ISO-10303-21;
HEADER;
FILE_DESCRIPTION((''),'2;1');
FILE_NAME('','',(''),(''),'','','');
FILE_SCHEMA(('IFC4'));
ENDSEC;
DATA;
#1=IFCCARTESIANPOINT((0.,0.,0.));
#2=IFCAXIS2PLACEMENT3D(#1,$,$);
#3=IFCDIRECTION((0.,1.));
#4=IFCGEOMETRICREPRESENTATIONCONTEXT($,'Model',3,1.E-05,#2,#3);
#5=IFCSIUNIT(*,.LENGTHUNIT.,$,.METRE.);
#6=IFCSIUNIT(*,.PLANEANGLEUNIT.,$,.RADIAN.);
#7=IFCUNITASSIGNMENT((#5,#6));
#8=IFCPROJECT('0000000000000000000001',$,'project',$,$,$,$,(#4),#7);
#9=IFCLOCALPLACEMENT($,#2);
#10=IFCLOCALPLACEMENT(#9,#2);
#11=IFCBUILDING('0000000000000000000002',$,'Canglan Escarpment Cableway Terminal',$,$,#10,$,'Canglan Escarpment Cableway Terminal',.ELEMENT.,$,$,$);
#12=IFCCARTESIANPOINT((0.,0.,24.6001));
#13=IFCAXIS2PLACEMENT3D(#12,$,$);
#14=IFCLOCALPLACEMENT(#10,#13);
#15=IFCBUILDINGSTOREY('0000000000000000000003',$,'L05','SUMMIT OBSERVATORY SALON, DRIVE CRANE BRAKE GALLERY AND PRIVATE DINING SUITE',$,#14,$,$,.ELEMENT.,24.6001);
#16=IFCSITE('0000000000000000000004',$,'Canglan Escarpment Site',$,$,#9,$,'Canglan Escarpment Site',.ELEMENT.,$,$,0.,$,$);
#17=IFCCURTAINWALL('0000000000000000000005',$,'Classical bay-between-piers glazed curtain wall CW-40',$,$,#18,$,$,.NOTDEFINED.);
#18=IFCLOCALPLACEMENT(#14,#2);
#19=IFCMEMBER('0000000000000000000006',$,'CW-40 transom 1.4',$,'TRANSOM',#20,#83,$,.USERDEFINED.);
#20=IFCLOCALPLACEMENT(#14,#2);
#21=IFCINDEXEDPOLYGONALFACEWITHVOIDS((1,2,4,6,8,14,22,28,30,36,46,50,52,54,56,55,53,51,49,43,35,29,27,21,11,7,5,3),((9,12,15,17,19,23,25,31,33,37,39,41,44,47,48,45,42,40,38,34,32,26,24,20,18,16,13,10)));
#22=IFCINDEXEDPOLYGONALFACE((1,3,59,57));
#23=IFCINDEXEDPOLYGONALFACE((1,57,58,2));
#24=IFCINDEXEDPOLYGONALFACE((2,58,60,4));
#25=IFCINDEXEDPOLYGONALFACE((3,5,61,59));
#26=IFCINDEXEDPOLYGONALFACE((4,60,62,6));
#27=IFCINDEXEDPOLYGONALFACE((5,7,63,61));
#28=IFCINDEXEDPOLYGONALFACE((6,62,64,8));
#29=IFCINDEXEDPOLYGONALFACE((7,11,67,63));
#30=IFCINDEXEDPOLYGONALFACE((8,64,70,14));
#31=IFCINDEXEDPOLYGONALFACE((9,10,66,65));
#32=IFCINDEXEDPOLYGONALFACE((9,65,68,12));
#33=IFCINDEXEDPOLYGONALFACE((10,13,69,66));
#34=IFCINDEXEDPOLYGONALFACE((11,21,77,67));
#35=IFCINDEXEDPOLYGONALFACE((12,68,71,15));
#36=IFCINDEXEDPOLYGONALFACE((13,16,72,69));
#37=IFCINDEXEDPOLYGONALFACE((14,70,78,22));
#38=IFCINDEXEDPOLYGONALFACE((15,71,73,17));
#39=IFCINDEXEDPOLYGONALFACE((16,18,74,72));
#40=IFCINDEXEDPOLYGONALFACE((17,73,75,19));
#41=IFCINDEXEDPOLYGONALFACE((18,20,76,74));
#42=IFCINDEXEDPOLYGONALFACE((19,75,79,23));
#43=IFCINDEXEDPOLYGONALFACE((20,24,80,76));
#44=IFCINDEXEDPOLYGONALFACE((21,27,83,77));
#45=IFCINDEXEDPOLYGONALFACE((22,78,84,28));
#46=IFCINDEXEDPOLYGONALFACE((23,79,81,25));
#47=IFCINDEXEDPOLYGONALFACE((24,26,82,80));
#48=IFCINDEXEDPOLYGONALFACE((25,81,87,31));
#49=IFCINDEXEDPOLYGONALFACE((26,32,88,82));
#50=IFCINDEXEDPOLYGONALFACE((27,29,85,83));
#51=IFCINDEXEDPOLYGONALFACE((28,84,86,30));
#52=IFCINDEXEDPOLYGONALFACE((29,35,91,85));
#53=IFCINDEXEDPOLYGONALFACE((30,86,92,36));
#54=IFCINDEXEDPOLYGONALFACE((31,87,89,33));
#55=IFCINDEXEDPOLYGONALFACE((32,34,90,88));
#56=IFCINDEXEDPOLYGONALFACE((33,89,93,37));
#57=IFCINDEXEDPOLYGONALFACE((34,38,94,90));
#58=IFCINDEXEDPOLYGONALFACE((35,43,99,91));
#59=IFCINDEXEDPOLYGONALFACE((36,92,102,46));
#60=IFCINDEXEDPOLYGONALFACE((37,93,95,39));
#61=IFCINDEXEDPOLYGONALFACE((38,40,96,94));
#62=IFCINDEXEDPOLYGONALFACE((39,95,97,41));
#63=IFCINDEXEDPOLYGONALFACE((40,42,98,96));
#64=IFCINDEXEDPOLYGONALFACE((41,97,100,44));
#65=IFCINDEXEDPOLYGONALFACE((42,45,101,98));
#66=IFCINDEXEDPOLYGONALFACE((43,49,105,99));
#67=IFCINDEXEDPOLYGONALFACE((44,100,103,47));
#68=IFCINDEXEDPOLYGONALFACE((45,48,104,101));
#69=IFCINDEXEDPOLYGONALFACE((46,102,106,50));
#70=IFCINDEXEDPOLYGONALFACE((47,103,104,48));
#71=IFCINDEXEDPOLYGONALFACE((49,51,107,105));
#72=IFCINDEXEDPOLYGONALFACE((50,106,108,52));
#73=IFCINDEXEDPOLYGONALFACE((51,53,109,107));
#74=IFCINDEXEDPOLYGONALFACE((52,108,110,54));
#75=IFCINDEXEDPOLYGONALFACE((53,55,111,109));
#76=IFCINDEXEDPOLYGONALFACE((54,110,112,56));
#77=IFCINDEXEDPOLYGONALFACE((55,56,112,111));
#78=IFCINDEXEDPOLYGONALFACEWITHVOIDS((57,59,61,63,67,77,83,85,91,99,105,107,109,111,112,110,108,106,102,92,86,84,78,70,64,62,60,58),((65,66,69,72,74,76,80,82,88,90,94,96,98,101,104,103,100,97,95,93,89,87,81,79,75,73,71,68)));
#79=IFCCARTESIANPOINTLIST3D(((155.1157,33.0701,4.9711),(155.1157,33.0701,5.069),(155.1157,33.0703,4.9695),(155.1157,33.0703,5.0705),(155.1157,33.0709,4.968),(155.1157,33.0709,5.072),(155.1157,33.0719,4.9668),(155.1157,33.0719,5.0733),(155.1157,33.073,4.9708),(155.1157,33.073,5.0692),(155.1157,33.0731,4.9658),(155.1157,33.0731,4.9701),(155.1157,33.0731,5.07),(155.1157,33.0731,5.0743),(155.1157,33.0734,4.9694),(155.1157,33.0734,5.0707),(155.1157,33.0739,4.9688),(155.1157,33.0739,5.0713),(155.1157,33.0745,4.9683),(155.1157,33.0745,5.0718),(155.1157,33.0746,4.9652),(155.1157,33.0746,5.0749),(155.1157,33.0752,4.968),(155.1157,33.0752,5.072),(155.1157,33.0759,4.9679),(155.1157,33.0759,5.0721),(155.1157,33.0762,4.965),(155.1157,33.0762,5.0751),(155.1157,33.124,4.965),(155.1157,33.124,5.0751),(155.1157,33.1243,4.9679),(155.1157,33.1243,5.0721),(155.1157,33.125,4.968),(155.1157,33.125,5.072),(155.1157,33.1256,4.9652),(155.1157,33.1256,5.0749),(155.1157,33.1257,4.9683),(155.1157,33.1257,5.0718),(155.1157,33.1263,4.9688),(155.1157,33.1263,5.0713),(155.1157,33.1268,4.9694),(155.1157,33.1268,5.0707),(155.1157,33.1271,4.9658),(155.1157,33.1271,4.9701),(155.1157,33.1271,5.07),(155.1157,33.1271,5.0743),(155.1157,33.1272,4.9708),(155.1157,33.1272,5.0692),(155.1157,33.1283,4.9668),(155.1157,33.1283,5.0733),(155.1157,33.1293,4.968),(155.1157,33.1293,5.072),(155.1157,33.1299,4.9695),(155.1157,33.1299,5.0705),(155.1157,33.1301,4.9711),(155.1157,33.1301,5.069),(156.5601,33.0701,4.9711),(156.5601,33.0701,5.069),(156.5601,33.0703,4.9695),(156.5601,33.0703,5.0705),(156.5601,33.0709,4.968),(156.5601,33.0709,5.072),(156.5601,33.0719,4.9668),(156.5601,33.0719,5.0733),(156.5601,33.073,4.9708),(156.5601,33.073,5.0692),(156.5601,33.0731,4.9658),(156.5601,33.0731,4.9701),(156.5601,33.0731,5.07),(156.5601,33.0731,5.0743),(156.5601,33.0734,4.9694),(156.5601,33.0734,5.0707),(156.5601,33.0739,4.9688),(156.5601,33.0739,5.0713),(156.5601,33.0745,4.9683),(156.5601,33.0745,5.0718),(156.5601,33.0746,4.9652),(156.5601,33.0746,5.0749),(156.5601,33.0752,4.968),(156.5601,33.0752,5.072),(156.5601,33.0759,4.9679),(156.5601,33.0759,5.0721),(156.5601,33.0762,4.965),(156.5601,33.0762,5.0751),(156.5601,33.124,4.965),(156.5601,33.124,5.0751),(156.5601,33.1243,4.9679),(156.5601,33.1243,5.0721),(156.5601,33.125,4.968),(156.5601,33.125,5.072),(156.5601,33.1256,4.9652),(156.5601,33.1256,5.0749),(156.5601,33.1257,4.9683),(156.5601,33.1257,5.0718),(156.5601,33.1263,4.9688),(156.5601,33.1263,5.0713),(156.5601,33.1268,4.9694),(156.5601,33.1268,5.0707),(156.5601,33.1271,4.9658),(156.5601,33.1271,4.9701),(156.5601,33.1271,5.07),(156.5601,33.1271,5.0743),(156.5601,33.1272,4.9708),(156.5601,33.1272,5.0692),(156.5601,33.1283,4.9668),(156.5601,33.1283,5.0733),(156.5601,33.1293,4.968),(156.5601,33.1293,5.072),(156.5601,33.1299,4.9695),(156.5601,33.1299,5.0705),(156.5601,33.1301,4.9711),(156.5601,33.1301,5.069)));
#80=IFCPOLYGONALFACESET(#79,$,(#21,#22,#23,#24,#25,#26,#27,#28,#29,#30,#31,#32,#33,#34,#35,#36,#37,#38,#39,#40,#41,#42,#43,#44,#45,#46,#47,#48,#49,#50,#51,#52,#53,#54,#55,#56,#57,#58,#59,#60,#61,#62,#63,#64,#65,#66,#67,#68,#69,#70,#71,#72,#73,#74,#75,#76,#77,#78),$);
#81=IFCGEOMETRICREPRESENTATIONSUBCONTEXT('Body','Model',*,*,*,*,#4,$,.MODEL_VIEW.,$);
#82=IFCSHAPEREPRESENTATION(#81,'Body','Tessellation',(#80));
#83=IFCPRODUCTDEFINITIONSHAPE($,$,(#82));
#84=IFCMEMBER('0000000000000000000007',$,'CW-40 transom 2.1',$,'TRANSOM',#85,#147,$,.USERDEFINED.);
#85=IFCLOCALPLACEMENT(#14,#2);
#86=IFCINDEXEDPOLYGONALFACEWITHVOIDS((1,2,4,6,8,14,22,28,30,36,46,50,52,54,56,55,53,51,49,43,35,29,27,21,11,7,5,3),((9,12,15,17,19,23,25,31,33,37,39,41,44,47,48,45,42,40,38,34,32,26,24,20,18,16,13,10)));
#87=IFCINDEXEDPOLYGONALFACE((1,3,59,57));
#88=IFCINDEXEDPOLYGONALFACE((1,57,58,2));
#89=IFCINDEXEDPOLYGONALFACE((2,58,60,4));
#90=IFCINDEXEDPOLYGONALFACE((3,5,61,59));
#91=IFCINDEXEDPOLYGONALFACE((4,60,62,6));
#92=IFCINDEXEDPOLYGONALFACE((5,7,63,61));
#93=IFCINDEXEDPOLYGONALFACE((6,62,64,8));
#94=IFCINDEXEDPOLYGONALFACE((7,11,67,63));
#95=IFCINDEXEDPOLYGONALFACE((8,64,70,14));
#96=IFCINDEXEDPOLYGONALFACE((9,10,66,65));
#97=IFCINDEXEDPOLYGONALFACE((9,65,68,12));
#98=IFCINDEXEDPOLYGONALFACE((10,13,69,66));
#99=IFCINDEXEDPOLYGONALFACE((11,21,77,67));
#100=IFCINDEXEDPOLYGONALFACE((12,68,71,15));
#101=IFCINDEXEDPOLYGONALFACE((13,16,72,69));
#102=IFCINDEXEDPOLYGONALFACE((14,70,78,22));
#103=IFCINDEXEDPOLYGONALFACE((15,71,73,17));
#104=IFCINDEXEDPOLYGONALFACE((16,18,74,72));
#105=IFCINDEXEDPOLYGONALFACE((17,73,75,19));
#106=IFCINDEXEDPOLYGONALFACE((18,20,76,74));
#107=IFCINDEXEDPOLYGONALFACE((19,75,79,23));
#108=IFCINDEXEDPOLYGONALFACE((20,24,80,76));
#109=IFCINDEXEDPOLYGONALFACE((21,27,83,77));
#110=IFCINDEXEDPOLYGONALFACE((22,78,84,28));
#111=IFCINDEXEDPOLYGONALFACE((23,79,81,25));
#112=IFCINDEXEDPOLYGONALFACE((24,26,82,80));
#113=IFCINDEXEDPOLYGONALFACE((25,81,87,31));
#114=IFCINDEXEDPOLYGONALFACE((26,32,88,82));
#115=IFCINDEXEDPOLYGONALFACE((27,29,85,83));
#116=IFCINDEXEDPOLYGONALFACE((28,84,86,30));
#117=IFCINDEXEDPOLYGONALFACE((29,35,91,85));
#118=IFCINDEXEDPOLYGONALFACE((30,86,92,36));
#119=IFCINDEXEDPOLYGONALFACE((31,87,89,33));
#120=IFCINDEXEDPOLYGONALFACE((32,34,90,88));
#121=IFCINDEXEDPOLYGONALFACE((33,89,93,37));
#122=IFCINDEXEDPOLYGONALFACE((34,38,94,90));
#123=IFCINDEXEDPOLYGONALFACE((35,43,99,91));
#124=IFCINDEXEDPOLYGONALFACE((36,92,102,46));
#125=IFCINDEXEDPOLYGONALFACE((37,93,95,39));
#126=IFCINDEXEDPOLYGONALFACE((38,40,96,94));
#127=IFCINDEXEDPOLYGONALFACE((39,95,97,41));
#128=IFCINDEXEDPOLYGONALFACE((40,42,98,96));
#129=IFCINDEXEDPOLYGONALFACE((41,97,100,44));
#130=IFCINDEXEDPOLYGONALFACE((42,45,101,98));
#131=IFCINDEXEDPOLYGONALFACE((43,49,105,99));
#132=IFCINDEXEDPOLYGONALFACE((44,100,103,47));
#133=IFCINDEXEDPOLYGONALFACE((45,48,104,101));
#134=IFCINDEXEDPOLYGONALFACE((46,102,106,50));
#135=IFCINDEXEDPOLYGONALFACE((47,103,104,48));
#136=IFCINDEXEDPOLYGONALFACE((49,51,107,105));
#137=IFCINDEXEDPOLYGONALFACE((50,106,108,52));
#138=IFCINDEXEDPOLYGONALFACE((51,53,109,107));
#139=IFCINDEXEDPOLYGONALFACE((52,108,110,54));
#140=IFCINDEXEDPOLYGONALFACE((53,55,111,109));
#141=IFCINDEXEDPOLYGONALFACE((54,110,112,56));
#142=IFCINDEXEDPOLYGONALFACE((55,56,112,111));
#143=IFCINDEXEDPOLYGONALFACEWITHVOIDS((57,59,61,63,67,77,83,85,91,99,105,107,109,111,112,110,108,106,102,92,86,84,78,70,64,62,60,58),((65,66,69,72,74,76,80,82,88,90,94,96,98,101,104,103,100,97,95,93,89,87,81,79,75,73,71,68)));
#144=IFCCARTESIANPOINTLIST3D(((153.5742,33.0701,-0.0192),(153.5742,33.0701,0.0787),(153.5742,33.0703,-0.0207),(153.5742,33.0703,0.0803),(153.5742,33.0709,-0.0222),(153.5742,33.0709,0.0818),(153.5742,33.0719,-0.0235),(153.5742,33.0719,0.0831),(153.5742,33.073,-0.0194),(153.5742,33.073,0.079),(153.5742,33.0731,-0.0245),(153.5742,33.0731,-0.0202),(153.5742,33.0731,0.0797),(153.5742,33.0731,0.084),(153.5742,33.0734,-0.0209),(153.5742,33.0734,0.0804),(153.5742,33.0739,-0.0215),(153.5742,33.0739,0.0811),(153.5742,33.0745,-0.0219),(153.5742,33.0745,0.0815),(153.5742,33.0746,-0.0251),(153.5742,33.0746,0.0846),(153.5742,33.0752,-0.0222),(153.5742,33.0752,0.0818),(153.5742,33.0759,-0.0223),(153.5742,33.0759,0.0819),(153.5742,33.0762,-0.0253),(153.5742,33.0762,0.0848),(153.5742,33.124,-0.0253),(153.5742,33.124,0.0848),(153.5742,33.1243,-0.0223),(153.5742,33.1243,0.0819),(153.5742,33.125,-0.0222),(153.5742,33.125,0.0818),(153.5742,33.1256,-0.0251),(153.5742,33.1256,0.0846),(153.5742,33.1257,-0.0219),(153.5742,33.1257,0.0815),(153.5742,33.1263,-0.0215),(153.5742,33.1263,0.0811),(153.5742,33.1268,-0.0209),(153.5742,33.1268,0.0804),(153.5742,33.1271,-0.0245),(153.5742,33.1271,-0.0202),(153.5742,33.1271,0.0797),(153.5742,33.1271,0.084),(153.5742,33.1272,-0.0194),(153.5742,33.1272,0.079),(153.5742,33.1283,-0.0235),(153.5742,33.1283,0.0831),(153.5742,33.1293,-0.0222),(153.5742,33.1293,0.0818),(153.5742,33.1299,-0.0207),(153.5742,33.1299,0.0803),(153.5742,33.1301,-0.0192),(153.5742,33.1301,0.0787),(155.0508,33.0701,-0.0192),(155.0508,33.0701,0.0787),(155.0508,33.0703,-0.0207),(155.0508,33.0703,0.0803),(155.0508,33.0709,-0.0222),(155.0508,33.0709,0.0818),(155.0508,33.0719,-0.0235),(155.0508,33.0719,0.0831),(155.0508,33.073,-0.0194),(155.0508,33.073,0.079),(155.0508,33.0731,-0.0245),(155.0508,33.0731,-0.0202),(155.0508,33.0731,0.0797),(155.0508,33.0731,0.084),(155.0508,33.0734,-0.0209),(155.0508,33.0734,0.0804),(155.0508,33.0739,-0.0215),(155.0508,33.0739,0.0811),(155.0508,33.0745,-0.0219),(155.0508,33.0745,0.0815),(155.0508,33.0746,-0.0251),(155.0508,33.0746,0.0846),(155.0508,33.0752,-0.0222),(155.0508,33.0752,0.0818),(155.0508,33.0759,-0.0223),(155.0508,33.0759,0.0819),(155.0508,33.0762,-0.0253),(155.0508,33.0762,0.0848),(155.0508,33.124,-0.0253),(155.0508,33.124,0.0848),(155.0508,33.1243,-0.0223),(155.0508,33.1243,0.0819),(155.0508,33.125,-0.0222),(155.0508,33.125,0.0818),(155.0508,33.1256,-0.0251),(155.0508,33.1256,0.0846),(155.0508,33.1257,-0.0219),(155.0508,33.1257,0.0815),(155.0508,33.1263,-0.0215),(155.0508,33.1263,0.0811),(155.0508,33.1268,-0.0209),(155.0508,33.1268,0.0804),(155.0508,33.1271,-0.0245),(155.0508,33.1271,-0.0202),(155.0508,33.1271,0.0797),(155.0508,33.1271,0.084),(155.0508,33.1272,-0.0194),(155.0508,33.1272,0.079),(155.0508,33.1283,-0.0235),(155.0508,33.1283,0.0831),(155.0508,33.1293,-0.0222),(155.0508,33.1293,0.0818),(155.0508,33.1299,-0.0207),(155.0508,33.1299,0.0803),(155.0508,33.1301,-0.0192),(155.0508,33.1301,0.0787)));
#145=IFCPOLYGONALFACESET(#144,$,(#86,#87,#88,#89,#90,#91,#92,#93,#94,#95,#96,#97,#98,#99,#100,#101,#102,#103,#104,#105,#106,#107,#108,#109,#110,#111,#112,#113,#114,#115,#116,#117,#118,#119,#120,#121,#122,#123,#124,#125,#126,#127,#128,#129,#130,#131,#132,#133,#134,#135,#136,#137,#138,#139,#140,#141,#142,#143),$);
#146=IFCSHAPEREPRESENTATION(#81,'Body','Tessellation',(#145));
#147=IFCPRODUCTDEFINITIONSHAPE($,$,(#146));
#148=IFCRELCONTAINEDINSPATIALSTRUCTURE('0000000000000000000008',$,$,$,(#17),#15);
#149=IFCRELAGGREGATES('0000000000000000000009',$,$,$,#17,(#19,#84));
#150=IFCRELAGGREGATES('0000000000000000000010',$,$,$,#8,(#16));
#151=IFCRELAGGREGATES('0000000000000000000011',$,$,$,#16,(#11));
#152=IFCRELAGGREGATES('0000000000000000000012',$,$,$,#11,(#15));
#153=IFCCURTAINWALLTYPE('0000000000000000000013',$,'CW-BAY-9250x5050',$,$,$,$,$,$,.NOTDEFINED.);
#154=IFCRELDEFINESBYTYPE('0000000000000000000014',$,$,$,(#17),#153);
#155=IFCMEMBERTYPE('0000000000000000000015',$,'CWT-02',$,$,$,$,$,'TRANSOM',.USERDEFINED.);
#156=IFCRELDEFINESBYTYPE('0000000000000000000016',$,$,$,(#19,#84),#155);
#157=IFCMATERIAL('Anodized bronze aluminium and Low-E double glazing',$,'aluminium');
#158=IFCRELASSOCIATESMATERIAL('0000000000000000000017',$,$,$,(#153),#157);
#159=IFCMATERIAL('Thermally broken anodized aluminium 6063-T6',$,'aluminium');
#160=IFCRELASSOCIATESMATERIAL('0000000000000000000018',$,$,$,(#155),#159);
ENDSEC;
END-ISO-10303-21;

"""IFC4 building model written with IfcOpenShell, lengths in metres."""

from ifc_helpers import new_model, si_unit, direction, frame, origin, origin_2d, place, context, subcontext, project, spatial, hollow_rectangle, extrude, material, material_profile, profile_set, type_object, element, aggregate, save


model = new_model("IFC4")

# Units and contexts
model_context = context("Model", 3, precision=1e-05, world=origin(), true_north=direction((0.0, 1.0)))
body_context = subcontext(model_context, "Body", "Model", "MODEL_VIEW")
ifc_project = project(units=[si_unit("LENGTHUNIT", "METRE"), si_unit("PLANEANGLEUNIT", "RADIAN")], contexts=[model_context])

# Site, building, storey
site_placement = place(None, origin())
site = spatial("IfcSite", under=ifc_project, at=site_placement, Name="Canglan Escarpment Site", LongName="Canglan Escarpment Site", CompositionType="ELEMENT", RefElevation=0.0)
building_placement = place(site_placement, origin())
building = spatial("IfcBuilding", under=site, at=building_placement, Name="Canglan Escarpment Cableway Terminal", LongName="Canglan Escarpment Cableway Terminal", CompositionType="ELEMENT")
storey_placement = place(building_placement, frame((0.0, 0.0, 24.6001)))
storey = spatial("IfcBuildingStorey", under=building, at=storey_placement, Name="L05", Description="SUMMIT OBSERVATORY SALON, DRIVE CRANE BRAKE GALLERY AND PRIVATE DINING SUITE", CompositionType="ELEMENT", Elevation=24.6001)

# Curtain wall, members
ifc_material_1 = material(Name="Anodized bronze aluminium and Low-E double glazing", Category="aluminium")
curtain_wall_type = type_object("IfcCurtainWallType", Name="CW-BAY-9250x5050", PredefinedType="NOTDEFINED", material=ifc_material_1)
curtain_wall_placement = place(storey_placement, origin())
curtain_wall = element("IfcCurtainWall", 1, at=curtain_wall_placement, inside=storey, type_object=curtain_wall_type, Name="Classical bay-between-piers glazed curtain wall CW-40", PredefinedType="NOTDEFINED")
ifc_material_2 = material(Name="Thermally broken anodized aluminium 6063-T6", Category="aluminium")
ifc_material_profile_1 = material_profile(ifc_material_2, hollow_rectangle(XDim=0.0601, YDim=0.1101, WallThickness=0.0029, InnerFilletRadius=0.0029, OuterFilletRadius=0.0061, at=origin_2d()), Name="ALU-TRAN 60x110x3")
ifc_profile_set_1 = profile_set([ifc_material_profile_1], Name="Thermally broken anodized aluminium 6063-T6")
member_type_1 = type_object("IfcMemberType", Name="CWT-02", ElementType="TRANSOM", PredefinedType="USERDEFINED", material=ifc_profile_set_1)
member_1_placement = place(storey_placement, frame((156.5601, 33.1001, 5.02), z_axis=(-1.0, 0.0, 0.0), x_axis=(0.0, -1.0, 0.0)))
member_1 = element("IfcMember", 2, at=member_1_placement, type_object=member_type_1, Name="CW-40 transom 1.4", ObjectType="TRANSOM", PredefinedType="USERDEFINED", context=body_context, shape_type="SweptSolid", body=[
    extrude(hollow_rectangle(XDim=0.0601, YDim=0.1101, WallThickness=0.0029, InnerFilletRadius=0.0029, OuterFilletRadius=0.0061, at=origin_2d()), origin(), (0.0, 0.0, 1.0), 1.4443),
])
member_2_placement = place(storey_placement, frame((155.0508, 33.1001, 0.0298), z_axis=(-1.0, 0.0, 0.0), x_axis=(0.0, -1.0, 0.0)))
member_2 = element("IfcMember", 3, at=member_2_placement, type_object=member_type_1, Name="CW-40 transom 2.1", ObjectType="TRANSOM", PredefinedType="USERDEFINED", context=body_context, shape_type="SweptSolid", body=[
    extrude(hollow_rectangle(XDim=0.0601, YDim=0.1101, WallThickness=0.0029, InnerFilletRadius=0.0029, OuterFilletRadius=0.0061, at=origin_2d()), origin(), (0.0, 0.0, 1.0), 1.4766),
])

aggregate(curtain_wall, [member_1, member_2])

save(model, "model.ifc")
